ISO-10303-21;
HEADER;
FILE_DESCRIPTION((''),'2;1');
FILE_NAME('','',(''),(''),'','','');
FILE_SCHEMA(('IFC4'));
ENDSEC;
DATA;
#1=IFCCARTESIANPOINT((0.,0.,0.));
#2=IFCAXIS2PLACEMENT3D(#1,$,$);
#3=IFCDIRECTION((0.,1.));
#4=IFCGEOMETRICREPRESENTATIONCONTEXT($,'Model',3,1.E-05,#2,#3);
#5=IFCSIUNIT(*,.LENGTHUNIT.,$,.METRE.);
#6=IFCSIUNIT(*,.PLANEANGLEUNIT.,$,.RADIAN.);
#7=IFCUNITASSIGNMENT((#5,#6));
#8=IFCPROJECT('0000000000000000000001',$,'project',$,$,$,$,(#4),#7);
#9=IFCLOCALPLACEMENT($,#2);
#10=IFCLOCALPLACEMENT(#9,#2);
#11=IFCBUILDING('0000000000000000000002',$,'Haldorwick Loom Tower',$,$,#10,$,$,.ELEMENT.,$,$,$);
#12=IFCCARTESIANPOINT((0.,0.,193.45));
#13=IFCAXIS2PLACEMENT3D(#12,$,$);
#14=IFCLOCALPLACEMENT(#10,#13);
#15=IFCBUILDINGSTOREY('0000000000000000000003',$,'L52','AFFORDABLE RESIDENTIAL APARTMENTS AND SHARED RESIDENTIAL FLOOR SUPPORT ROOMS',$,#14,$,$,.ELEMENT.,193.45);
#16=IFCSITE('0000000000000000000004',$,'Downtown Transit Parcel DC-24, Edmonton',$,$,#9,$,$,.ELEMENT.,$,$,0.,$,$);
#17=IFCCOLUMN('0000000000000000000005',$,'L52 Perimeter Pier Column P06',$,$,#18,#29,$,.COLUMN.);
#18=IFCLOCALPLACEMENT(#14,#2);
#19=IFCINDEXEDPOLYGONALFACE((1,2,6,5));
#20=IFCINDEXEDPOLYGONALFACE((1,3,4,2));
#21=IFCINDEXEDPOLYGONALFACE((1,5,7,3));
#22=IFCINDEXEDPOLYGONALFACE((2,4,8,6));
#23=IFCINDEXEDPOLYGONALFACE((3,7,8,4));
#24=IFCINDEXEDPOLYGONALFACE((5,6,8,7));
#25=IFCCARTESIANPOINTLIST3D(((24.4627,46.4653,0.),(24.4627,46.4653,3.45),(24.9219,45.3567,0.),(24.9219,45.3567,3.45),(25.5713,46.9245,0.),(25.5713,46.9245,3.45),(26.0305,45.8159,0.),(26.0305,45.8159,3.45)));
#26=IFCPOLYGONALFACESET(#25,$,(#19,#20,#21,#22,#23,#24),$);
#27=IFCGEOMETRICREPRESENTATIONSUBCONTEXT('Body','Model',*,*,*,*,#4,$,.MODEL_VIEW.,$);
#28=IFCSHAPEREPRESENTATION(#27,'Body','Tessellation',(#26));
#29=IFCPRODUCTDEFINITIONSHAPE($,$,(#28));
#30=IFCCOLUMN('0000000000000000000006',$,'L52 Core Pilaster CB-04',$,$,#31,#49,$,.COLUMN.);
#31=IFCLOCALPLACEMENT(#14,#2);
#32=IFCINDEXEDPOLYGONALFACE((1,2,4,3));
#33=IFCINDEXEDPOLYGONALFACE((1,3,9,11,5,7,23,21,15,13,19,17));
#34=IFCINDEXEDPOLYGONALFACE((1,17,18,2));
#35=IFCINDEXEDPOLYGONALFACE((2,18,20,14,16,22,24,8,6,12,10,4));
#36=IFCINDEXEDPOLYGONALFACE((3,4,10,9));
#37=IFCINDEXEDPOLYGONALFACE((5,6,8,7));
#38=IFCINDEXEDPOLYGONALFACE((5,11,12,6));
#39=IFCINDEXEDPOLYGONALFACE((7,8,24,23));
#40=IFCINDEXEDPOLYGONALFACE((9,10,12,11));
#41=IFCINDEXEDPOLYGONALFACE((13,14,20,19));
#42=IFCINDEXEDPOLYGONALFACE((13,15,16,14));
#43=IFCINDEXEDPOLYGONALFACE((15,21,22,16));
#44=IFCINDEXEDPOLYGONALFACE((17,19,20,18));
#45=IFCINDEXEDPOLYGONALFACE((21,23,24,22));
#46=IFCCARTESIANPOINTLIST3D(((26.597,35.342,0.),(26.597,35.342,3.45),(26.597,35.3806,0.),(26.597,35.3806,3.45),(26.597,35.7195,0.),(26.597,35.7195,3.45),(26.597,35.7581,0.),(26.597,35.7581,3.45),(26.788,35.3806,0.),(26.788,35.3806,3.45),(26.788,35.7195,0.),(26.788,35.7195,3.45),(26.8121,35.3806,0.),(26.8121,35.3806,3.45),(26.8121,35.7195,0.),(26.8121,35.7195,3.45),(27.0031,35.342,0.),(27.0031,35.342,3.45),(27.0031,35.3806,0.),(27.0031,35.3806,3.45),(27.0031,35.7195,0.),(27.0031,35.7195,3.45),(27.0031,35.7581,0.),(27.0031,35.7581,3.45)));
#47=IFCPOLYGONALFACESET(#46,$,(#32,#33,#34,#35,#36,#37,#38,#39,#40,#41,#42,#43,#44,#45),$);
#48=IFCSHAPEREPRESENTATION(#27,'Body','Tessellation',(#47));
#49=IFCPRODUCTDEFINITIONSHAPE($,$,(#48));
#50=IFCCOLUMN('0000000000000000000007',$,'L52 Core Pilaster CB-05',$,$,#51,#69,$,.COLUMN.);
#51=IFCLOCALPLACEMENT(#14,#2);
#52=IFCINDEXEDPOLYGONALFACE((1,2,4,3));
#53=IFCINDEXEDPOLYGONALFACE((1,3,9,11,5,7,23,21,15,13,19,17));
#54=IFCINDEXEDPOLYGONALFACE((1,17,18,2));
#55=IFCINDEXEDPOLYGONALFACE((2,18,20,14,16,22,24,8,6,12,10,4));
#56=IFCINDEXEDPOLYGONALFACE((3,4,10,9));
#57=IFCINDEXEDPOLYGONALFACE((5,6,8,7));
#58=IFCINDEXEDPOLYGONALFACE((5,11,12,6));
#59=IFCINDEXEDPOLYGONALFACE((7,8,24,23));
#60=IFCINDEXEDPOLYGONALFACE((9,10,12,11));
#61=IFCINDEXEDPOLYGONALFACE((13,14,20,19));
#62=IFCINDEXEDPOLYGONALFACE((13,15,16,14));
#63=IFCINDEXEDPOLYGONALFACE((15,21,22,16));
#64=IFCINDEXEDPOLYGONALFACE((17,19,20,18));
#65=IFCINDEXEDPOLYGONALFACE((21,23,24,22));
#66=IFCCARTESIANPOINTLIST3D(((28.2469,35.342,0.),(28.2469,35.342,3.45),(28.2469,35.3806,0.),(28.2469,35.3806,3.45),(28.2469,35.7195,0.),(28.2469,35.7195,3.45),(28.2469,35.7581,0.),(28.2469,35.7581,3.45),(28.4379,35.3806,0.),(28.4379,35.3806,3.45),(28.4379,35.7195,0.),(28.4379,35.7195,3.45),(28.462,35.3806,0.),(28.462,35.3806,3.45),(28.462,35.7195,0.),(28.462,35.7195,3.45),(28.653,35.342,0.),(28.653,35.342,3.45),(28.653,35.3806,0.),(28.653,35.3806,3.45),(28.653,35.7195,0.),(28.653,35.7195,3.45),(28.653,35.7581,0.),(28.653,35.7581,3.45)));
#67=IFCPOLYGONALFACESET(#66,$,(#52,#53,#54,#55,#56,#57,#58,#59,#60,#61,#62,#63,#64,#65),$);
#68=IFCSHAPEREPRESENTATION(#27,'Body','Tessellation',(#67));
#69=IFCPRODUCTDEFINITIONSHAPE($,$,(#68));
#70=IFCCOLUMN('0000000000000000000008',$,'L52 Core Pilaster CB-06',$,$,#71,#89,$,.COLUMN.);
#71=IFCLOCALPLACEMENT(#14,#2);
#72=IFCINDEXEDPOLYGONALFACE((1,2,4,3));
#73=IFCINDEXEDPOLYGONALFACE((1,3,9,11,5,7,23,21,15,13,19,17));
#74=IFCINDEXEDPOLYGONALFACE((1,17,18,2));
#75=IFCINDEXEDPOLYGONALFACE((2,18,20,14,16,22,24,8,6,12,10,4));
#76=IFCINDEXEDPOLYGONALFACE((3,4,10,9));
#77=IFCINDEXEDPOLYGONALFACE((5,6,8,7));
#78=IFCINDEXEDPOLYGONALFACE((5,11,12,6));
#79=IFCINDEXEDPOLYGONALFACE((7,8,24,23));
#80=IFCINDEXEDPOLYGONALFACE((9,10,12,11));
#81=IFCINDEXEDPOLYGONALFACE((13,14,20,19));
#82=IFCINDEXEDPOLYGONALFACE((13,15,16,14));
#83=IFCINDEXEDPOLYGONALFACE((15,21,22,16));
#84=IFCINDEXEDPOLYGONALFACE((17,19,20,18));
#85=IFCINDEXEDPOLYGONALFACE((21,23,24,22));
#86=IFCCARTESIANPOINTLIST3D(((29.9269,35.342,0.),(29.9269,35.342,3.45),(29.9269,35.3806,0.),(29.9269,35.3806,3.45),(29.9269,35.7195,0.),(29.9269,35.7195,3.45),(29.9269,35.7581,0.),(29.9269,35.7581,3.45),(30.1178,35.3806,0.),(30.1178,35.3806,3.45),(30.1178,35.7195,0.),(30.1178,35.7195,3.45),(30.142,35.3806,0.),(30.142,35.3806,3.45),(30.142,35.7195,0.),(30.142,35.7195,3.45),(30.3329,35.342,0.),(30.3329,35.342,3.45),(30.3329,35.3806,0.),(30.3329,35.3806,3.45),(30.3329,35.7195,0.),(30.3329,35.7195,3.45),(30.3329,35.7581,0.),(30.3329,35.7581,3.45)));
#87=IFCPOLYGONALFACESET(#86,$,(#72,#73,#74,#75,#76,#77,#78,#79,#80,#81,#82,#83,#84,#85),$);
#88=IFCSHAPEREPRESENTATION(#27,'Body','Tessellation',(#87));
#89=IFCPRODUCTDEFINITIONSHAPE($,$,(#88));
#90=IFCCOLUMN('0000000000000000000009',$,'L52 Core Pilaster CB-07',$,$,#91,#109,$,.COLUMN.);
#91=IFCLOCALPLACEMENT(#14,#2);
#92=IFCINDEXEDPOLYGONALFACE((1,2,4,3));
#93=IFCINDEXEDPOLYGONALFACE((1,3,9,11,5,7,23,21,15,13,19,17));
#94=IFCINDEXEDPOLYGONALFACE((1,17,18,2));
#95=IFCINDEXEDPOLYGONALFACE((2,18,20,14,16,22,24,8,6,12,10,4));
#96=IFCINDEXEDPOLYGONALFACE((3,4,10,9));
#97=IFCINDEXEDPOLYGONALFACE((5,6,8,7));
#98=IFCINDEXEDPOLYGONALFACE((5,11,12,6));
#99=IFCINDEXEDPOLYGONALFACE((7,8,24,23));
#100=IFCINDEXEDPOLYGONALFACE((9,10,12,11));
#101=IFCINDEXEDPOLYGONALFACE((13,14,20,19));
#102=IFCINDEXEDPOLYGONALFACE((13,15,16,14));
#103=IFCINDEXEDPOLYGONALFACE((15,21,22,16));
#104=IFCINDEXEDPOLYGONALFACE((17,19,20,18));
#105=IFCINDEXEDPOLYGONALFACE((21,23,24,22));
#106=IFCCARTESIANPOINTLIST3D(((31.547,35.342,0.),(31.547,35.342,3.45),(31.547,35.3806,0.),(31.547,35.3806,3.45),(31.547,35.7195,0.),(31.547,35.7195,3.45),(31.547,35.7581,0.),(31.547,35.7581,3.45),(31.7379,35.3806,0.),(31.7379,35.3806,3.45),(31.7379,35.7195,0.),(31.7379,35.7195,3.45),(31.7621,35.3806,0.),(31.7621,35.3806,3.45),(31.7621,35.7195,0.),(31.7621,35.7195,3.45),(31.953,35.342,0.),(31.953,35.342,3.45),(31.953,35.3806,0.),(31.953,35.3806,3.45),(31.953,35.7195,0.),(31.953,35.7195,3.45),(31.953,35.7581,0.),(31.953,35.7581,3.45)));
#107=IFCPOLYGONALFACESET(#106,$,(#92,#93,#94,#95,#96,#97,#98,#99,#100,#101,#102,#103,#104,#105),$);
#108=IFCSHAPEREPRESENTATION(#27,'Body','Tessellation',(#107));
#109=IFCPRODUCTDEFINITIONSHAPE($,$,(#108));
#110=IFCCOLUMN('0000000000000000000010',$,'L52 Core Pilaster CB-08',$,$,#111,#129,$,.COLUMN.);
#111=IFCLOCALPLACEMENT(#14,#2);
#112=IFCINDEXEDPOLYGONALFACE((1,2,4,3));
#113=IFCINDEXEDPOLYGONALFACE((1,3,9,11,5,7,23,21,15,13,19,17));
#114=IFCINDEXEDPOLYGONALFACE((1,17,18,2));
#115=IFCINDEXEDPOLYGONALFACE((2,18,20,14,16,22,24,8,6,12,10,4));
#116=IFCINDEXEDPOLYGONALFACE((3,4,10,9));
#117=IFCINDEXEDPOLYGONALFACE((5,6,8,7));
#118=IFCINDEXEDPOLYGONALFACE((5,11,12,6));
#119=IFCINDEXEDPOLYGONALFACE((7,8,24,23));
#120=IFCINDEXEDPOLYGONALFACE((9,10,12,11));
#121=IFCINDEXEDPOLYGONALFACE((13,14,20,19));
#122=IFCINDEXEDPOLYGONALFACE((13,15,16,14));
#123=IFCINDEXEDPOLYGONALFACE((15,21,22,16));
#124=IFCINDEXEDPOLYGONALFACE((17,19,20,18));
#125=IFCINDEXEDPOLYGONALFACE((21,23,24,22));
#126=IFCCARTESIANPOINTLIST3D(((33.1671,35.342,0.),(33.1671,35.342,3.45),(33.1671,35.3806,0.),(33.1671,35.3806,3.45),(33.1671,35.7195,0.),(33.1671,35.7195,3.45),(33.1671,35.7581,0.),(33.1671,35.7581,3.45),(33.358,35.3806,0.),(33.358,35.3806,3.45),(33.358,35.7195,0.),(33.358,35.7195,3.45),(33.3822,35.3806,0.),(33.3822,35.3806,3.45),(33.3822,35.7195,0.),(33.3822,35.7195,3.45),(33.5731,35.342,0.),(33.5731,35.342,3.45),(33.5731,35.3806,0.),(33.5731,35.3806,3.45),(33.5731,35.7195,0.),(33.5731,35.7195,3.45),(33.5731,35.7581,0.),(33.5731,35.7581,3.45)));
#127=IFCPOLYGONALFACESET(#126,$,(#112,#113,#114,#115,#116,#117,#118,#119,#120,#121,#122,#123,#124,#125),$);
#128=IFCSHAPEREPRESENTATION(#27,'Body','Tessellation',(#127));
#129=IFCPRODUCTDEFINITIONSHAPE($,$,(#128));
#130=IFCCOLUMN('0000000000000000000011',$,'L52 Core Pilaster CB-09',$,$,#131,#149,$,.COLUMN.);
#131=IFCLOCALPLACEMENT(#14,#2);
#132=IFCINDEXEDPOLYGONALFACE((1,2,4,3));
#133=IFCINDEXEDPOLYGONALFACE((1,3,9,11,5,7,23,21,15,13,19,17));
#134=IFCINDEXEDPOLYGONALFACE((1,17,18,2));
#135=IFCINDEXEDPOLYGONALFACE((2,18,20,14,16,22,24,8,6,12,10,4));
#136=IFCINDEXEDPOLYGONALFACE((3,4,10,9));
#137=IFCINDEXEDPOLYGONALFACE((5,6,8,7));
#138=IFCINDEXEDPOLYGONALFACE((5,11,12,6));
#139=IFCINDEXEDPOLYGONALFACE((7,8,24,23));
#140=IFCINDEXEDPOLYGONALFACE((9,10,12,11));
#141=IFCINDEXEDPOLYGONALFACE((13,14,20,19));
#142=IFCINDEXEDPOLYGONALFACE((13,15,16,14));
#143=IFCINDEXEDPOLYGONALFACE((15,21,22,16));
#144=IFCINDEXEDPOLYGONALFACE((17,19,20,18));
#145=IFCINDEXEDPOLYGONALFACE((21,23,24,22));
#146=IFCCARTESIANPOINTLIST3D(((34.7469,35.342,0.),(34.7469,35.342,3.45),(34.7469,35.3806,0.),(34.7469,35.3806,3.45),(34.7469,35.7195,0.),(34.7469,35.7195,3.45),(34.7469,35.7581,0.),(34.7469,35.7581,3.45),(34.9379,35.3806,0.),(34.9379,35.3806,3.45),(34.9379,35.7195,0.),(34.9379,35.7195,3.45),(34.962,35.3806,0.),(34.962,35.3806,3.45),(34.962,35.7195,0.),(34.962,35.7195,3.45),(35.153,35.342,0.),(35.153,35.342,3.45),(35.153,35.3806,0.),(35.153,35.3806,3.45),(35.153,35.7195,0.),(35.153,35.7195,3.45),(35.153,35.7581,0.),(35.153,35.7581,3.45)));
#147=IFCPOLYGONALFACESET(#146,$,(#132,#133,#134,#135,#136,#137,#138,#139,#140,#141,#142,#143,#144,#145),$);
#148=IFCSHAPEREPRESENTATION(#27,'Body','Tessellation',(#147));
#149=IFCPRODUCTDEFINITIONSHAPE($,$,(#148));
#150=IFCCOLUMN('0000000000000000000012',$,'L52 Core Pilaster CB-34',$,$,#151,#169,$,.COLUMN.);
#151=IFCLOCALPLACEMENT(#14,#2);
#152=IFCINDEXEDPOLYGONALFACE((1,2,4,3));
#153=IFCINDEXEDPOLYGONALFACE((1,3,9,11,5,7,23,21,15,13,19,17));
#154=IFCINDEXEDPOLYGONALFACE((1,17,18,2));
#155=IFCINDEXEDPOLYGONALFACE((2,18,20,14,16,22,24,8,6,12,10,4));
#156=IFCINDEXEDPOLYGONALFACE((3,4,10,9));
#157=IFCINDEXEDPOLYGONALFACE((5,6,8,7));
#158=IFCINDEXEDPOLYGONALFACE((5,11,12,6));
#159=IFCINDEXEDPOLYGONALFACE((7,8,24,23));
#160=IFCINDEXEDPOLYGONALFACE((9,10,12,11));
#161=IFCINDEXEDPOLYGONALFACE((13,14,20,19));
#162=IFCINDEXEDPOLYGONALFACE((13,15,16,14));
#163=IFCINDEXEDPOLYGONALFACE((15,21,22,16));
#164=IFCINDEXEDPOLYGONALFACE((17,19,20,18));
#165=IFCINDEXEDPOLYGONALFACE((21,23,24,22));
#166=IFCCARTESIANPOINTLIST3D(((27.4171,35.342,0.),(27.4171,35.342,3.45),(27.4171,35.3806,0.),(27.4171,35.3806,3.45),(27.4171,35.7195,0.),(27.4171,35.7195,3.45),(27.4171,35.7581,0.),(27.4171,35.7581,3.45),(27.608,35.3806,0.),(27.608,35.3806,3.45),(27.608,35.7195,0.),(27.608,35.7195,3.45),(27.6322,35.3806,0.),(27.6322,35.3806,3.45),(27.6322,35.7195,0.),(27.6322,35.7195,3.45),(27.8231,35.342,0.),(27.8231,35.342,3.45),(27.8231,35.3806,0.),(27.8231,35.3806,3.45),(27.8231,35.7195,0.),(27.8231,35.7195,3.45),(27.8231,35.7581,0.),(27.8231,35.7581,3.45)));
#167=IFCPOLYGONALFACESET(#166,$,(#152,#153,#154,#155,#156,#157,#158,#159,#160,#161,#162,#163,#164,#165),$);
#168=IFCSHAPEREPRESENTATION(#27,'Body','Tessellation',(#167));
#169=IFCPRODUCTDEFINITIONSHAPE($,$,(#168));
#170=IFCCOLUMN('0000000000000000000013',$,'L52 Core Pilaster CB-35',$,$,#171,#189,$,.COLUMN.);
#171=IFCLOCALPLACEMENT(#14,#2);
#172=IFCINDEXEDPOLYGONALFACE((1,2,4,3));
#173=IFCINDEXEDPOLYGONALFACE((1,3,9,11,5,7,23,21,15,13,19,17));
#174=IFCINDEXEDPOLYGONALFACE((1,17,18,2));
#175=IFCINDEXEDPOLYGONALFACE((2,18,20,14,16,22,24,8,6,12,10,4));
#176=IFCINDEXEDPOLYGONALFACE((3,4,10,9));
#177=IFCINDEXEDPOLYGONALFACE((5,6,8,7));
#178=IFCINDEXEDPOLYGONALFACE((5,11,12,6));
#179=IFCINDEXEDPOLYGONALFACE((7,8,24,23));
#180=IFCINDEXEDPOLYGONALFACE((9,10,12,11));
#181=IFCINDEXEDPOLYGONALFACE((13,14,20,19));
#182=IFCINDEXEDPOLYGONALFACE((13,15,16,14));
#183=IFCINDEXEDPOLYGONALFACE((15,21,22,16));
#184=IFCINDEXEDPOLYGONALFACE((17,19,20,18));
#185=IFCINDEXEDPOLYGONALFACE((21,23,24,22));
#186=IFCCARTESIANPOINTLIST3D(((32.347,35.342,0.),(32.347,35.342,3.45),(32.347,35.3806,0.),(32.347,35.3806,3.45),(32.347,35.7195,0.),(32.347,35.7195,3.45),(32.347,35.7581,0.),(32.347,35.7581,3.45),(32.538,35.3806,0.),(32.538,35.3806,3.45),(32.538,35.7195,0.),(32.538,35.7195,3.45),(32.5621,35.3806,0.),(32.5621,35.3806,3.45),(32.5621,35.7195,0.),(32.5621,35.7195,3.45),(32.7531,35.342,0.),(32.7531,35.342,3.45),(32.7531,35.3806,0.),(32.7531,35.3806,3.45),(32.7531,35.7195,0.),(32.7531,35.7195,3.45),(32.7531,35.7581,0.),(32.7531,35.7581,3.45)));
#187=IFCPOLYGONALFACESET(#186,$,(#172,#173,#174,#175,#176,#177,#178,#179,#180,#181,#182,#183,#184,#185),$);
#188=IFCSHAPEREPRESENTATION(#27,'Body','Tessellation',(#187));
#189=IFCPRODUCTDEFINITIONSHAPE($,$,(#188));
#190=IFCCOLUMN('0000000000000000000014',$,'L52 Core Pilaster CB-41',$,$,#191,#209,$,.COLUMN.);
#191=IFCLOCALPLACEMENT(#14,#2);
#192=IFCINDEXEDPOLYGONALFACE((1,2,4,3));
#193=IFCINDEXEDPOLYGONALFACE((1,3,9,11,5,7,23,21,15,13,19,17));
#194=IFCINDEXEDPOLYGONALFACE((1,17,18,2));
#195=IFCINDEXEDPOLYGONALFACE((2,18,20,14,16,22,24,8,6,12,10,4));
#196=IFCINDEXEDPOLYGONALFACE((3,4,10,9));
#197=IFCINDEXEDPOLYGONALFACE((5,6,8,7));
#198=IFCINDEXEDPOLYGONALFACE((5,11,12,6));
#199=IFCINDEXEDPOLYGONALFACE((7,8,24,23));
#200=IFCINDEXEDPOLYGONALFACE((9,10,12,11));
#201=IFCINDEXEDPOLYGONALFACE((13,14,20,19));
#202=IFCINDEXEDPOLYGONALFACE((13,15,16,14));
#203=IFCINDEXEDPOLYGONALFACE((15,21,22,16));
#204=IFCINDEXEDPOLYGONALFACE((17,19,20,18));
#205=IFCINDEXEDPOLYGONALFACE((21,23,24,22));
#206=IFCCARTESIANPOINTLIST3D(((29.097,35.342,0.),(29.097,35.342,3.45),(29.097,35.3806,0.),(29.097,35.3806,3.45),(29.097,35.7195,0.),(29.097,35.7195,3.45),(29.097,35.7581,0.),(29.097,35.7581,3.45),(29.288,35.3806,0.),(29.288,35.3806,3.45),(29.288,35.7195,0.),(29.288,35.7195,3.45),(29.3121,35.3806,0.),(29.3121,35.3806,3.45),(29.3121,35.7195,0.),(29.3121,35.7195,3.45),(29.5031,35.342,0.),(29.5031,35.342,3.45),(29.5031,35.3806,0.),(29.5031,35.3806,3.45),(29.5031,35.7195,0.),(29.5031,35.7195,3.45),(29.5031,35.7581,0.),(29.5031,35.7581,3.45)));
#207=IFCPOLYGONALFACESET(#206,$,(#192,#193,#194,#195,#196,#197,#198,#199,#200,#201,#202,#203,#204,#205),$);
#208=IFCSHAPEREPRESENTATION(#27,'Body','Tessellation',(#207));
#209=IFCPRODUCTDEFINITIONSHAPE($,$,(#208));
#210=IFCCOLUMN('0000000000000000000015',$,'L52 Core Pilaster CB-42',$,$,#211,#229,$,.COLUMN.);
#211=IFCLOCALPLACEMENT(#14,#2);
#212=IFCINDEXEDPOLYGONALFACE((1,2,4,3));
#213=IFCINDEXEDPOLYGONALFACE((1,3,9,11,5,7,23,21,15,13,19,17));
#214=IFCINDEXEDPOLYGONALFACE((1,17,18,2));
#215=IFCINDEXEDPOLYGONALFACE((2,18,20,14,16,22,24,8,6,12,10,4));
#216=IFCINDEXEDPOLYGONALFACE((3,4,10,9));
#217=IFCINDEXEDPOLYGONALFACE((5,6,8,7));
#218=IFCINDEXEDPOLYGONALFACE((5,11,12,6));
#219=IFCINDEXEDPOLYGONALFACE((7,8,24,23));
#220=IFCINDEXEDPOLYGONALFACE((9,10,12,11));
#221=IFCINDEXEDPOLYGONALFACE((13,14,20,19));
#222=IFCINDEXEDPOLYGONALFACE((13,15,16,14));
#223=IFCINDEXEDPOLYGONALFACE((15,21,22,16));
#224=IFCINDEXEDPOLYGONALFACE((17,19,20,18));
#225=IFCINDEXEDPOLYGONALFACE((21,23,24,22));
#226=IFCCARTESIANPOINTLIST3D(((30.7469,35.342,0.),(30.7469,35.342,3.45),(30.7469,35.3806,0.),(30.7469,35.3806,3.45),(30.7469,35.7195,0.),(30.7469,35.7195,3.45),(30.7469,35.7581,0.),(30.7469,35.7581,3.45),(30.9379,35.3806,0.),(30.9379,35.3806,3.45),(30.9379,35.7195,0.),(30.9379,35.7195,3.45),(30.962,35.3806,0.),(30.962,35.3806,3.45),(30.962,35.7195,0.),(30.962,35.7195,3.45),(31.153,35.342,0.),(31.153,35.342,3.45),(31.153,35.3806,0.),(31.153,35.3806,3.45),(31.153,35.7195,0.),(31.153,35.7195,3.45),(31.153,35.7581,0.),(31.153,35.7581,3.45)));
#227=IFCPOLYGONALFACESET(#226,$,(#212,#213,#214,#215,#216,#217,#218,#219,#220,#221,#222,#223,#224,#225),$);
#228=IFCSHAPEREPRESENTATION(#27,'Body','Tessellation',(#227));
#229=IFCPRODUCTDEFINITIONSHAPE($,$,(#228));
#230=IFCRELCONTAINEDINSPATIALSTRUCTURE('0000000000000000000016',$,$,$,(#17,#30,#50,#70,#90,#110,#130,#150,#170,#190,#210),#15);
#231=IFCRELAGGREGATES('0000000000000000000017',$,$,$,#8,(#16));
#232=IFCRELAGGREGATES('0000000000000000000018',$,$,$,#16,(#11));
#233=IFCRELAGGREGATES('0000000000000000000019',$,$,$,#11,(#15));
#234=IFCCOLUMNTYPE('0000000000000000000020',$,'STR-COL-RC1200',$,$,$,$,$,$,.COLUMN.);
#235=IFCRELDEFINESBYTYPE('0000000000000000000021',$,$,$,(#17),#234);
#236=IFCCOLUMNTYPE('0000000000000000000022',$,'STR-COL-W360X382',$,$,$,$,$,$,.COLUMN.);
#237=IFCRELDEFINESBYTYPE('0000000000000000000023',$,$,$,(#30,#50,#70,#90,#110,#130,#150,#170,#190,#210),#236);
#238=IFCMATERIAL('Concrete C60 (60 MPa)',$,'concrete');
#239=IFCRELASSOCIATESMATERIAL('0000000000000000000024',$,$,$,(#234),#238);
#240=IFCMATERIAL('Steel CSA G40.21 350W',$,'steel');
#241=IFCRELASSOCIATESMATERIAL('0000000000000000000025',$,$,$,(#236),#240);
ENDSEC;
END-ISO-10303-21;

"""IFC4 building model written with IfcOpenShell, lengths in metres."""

from ifc_helpers import new_model, si_unit, direction, frame, origin, origin_2d, place, context, subcontext, project, spatial, rectangle, i_section, extrude, material, material_profile, profile_set, type_object, element, save


model = new_model("IFC4")

# Units and contexts
model_context = context("Model", 3, precision=1e-05, world=origin(), true_north=direction((0.0, 1.0)))
body_context = subcontext(model_context, "Body", "Model", "MODEL_VIEW")
ifc_project = project(units=[si_unit("LENGTHUNIT", "METRE"), si_unit("PLANEANGLEUNIT", "RADIAN")], contexts=[model_context])

# Site, building, storey
site_placement = place(None, origin())
site = spatial("IfcSite", under=ifc_project, at=site_placement, Name="Downtown Transit Parcel DC-24, Edmonton", CompositionType="ELEMENT", RefElevation=0.0)
building_placement = place(site_placement, origin())
building = spatial("IfcBuilding", under=site, at=building_placement, Name="Haldorwick Loom Tower", CompositionType="ELEMENT")
storey_placement = place(building_placement, frame((0.0, 0.0, 193.45)))
storey = spatial("IfcBuildingStorey", under=building, at=storey_placement, Name="L52", Description="AFFORDABLE RESIDENTIAL APARTMENTS AND SHARED RESIDENTIAL FLOOR SUPPORT ROOMS", CompositionType="ELEMENT", Elevation=193.45)

# Columns
ifc_material_1 = material(Name="Concrete C60 (60 MPa)", Category="concrete")
ifc_material_profile_1 = material_profile(ifc_material_1, rectangle(XDim=1.2, YDim=1.2, at=origin_2d()), Name="RC1200X1200", Category="concrete")
ifc_profile_set_1 = profile_set([ifc_material_profile_1], Name="Concrete C60 (60 MPa)")
column_type_1 = type_object("IfcColumnType", Name="STR-COL-RC1200", PredefinedType="COLUMN", material=ifc_profile_set_1)
column_placement = place(storey_placement, frame((25.2466, 46.1406, 0.0), z_axis=(0.0, 0.0, 1.0), x_axis=(-0.382683, 0.92388, 0.0)))
element("IfcColumn", 1, at=column_placement, inside=storey, type_object=column_type_1, Name="L52 Perimeter Pier Column P06", PredefinedType="COLUMN", context=body_context, shape_type="SweptSolid", body=[
    extrude(rectangle(XDim=1.2, YDim=1.2, at=origin_2d()), origin(), (0.0, 0.0, 1.0), 3.45),
])
ifc_material_2 = material(Name="Steel CSA G40.21 350W", Category="steel")
ifc_material_profile_2 = material_profile(ifc_material_2, i_section(OverallWidth=0.406, OverallDepth=0.416, WebThickness=0.0242, FlangeThickness=0.0386, at=origin_2d()), Name="W360X382", Category="steel")
ifc_profile_set_2 = profile_set([ifc_material_profile_2], Name="Steel CSA G40.21 350W")
column_type_2 = type_object("IfcColumnType", Name="STR-COL-W360X382", PredefinedType="COLUMN", material=ifc_profile_set_2)
for number, where, z_axis, x_axis, name in (
    (2, (26.8, 35.55, 0.0), (0.0, 0.0, 1.0), (1.0, 0.0, 0.0), "L52 Core Pilaster CB-04"),
    (3, (28.45, 35.55, 0.0), (0.0, 0.0, 1.0), (1.0, 0.0, 0.0), "L52 Core Pilaster CB-05"),
    (4, (30.1299, 35.55, 0.0), (0.0, 0.0, 1.0), (1.0, 0.0, 0.0), "L52 Core Pilaster CB-06"),
    (5, (31.75, 35.55, 0.0), (0.0, 0.0, 1.0), (1.0, 0.0, 0.0), "L52 Core Pilaster CB-07"),
    (6, (33.3701, 35.55, 0.0), (0.0, 0.0, 1.0), (1.0, 0.0, 0.0), "L52 Core Pilaster CB-08"),
    (7, (34.95, 35.55, 0.0), (0.0, 0.0, 1.0), (1.0, 0.0, 0.0), "L52 Core Pilaster CB-09"),
    (8, (27.6201, 35.55, 0.0), (0.0, 0.0, 1.0), (1.0, 0.0, 0.0), "L52 Core Pilaster CB-34"),
    (9, (32.55, 35.55, 0.0), (0.0, 0.0, 1.0), (1.0, 0.0, 0.0), "L52 Core Pilaster CB-35"),
    (10, (29.3, 35.55, 0.0), (0.0, 0.0, 1.0), (1.0, 0.0, 0.0), "L52 Core Pilaster CB-41"),
    (11, (30.95, 35.55, 0.0), (0.0, 0.0, 1.0), (1.0, 0.0, 0.0), "L52 Core Pilaster CB-42"),
):
    element("IfcColumn", number, at=place(storey_placement, frame(where, z_axis=z_axis, x_axis=x_axis)), inside=storey, type_object=column_type_2, Name=name, PredefinedType="COLUMN", context=body_context, shape_type="SweptSolid", body=[
        extrude(i_section(OverallWidth=0.406, OverallDepth=0.416, WebThickness=0.0242, FlangeThickness=0.0386, at=origin_2d()), origin(), (0.0, 0.0, 1.0), 3.45),
    ])

save(model, "model.ifc")
